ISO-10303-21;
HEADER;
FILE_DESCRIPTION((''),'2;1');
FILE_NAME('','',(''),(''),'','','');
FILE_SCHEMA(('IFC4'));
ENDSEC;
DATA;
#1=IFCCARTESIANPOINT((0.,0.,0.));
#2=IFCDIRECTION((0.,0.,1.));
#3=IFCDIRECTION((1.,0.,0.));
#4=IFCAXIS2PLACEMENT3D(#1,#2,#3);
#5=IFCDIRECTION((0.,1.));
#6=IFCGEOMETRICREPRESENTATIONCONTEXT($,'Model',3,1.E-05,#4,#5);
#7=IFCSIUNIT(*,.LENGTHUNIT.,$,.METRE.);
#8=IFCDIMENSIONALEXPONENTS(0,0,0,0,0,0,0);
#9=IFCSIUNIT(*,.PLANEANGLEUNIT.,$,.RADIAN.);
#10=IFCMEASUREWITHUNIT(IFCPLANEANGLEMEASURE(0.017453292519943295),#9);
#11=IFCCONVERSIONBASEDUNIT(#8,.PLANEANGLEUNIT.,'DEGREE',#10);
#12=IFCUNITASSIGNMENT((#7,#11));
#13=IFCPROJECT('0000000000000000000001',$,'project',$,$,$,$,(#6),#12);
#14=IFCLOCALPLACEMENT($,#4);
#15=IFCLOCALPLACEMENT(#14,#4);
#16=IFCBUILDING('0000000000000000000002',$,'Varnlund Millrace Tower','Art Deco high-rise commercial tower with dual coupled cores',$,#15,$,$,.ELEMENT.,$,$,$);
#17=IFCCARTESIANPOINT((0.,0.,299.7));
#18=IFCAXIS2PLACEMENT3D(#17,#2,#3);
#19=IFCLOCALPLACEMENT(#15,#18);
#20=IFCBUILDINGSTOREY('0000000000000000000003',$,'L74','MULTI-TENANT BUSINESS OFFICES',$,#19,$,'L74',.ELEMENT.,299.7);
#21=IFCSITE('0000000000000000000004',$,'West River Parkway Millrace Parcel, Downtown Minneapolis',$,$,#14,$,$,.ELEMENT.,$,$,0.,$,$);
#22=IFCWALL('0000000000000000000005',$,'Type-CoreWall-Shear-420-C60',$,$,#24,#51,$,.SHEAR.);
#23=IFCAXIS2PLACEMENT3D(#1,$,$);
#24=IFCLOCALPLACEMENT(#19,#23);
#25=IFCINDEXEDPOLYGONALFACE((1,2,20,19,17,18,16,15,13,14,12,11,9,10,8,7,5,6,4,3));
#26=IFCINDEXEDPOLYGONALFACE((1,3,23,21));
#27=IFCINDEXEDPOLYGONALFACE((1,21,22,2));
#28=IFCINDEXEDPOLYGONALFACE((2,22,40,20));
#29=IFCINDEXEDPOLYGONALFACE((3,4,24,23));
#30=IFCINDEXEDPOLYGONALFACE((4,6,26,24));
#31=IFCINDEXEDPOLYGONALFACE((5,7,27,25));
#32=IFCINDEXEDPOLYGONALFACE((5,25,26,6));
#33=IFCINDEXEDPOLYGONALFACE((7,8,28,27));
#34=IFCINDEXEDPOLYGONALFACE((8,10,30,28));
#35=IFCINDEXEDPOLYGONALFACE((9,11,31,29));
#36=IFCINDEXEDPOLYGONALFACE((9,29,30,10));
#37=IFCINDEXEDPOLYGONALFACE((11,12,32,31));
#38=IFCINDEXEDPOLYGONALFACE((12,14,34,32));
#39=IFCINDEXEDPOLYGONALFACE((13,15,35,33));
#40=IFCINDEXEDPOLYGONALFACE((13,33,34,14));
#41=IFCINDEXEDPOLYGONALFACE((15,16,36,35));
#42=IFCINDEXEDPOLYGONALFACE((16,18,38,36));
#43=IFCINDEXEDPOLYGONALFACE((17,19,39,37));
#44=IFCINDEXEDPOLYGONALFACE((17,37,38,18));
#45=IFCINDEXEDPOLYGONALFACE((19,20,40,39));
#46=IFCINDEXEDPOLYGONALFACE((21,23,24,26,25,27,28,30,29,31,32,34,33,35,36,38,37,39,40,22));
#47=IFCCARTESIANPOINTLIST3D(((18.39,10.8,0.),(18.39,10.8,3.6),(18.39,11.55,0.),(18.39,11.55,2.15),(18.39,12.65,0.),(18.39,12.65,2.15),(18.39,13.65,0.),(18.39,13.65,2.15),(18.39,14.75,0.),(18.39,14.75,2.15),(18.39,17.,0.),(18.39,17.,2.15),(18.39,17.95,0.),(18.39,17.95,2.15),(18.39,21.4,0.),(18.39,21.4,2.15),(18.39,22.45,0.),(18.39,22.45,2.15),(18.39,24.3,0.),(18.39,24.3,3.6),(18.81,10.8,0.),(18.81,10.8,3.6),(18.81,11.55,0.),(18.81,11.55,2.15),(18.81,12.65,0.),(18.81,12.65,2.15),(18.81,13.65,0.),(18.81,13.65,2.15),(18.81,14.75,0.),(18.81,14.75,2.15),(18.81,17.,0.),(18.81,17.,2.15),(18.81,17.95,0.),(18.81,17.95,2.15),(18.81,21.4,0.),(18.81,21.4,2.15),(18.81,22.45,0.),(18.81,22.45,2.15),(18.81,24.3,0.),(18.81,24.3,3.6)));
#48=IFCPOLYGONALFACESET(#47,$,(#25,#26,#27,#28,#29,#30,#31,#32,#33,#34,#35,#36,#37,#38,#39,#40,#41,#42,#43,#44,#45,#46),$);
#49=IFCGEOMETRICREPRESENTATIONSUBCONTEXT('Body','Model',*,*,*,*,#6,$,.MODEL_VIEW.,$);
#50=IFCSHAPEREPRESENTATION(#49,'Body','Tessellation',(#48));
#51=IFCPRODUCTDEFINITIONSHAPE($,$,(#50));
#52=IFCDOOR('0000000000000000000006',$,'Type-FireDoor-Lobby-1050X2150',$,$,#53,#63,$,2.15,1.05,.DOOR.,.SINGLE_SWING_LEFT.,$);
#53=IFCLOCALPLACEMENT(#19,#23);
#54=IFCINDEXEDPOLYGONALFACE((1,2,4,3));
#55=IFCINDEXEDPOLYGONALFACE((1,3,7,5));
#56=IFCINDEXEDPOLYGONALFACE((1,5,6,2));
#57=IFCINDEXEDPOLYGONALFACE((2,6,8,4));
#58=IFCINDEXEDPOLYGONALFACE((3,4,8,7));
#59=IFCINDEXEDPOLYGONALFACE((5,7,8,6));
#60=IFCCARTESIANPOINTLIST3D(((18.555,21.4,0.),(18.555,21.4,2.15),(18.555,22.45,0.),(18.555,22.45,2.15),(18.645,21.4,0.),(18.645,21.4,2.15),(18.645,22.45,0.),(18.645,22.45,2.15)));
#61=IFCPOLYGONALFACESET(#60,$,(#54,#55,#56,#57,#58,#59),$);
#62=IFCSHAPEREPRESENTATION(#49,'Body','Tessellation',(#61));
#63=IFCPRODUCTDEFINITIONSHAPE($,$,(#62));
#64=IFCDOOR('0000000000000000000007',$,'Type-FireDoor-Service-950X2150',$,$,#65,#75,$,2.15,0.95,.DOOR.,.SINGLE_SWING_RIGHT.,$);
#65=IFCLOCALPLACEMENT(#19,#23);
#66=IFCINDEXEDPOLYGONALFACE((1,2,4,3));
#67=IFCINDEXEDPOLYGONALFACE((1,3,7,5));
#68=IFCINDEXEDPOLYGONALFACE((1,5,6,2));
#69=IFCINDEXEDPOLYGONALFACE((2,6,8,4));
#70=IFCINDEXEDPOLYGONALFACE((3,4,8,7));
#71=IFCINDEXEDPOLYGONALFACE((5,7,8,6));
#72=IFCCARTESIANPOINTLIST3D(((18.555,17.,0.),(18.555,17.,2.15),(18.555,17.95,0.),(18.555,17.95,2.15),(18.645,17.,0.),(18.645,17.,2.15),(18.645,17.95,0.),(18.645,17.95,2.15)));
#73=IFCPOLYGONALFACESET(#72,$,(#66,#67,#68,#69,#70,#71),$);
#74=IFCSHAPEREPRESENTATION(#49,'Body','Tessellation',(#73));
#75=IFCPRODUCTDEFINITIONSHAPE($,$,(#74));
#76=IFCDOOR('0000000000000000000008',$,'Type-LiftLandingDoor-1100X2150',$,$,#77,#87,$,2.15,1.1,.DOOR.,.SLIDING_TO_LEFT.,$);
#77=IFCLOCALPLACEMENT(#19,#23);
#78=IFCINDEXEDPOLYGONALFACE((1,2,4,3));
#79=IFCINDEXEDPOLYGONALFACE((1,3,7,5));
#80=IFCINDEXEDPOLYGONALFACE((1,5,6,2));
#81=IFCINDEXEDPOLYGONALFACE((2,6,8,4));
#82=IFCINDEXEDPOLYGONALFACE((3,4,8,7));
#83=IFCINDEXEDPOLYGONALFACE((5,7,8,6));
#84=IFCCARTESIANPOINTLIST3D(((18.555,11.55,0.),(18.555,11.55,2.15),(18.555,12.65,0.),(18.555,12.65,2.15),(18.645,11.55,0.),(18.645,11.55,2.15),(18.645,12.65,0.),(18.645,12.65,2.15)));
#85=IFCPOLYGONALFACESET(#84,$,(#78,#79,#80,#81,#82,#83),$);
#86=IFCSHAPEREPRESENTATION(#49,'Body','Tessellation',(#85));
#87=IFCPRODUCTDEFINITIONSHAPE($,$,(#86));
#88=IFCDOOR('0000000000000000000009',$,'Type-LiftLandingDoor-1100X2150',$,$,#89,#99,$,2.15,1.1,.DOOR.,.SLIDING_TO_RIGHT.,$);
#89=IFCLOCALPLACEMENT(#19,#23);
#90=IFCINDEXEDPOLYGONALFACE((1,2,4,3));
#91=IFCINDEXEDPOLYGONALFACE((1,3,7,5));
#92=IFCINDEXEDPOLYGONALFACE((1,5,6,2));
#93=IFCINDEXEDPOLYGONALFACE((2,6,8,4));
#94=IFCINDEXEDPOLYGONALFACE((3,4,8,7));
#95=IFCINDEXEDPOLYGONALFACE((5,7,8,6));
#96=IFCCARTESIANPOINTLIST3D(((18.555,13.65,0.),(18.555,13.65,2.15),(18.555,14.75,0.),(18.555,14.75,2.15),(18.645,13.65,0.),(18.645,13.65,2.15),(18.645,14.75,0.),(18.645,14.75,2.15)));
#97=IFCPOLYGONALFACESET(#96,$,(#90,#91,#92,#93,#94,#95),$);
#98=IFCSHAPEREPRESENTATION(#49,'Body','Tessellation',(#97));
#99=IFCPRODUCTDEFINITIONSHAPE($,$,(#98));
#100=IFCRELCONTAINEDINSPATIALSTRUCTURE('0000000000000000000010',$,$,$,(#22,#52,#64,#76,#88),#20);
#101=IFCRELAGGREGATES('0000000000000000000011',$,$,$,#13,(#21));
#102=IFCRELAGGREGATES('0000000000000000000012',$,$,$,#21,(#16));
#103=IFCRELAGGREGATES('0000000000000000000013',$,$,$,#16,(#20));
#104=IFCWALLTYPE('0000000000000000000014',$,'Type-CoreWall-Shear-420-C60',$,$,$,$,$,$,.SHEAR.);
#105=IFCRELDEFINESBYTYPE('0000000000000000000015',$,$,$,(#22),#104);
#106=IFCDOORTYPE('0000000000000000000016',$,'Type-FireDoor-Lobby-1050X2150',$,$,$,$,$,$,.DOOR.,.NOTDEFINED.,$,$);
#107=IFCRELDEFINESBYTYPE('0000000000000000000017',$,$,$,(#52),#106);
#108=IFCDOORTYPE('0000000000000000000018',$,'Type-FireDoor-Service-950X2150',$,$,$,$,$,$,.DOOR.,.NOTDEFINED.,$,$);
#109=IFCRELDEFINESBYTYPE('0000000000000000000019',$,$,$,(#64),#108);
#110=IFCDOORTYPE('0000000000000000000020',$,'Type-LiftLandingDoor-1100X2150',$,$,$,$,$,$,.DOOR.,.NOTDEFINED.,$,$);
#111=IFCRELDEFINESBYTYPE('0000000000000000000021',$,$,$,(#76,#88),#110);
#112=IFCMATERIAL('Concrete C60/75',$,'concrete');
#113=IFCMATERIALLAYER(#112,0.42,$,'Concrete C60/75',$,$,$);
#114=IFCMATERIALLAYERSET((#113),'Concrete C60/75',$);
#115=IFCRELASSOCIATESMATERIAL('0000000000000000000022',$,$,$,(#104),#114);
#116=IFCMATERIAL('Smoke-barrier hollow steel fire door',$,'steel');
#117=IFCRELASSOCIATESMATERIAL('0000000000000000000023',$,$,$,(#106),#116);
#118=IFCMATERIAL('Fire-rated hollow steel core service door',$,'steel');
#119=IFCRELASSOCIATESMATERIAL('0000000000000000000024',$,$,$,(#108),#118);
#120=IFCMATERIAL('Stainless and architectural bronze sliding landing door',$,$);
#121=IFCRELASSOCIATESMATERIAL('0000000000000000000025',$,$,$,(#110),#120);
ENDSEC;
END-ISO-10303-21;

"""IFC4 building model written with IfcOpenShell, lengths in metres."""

from ifc_helpers import new_model, entity, si_unit, converted_unit, direction, frame, origin_with_axes, origin_2d_with_axis, place, context, subcontext, project, spatial, polyline, rectangle, outline, extrude, material, layer, layer_set, type_object, element, fill, save


model = new_model("IFC4")

# Units and contexts
model_context = context("Model", 3, precision=1e-05, world=origin_with_axes(), true_north=direction((0.0, 1.0)))
body_context = subcontext(model_context, "Body", "Model", "MODEL_VIEW")
ifc_project = project(units=[si_unit("LENGTHUNIT", "METRE"), converted_unit("PLANEANGLEUNIT", "DEGREE", entity("IfcPlaneAngleMeasure", 0.017453292519943295), si_unit("PLANEANGLEUNIT", "RADIAN"), dimensions=[0, 0, 0, 0, 0, 0, 0])], contexts=[model_context])

# Site, building, storey
site_placement = place(None, origin_with_axes())
site = spatial("IfcSite", under=ifc_project, at=site_placement, Name="West River Parkway Millrace Parcel, Downtown Minneapolis", CompositionType="ELEMENT", RefElevation=0.0)
building_placement = place(site_placement, origin_with_axes())
building = spatial("IfcBuilding", under=site, at=building_placement, Name="Varnlund Millrace Tower", Description="Art Deco high-rise commercial tower with dual coupled cores", CompositionType="ELEMENT")
storey_placement = place(building_placement, frame((0.0, 0.0, 299.7), z_axis=(0.0, 0.0, 1.0), x_axis=(1.0, 0.0, 0.0)))
storey = spatial("IfcBuildingStorey", under=building, at=storey_placement, Name="L74", Description="MULTI-TENANT BUSINESS OFFICES", LongName="L74", CompositionType="ELEMENT", Elevation=299.7)

# Shared definitions
ifc_material_1 = material(Name="Concrete C60/75", Category="concrete")

# Shared definitions
ifc_layer_1 = layer(ifc_material_1, 0.42, Name="Concrete C60/75")
ifc_layer_set_1 = layer_set([ifc_layer_1], Name="Concrete C60/75")
wall_type = type_object("IfcWallType", Name="Type-CoreWall-Shear-420-C60", PredefinedType="SHEAR", material=ifc_layer_set_1)

# Wall, openings, doors
wall_1_placement = place(storey_placement, frame((18.6, 10.8, 0.0), z_axis=(0.0, 0.0, 1.0), x_axis=(0.0, 1.0, 0.0)))
wall_1 = element("IfcWall", 1, at=wall_1_placement, inside=storey, type_object=wall_type, Name="Type-CoreWall-Shear-420-C60", PredefinedType="SHEAR", context=body_context, shape_type="SweptSolid", body=[
    extrude(outline(polyline([(0.0, -0.21), (13.5, -0.21), (13.5, 0.21), (0.0, 0.21), (0.0, -0.21)])), origin_with_axes(), (0.0, 0.0, 1.0), 3.6),
])
opening_1_placement = place(wall_1_placement, frame((1.3, 0.0, 0.0), z_axis=(0.0, 0.0, 1.0), x_axis=(1.0, 0.0, 0.0)))
opening_1 = element("IfcOpeningElement", 2, at=opening_1_placement, cuts=wall_1, PredefinedType="OPENING", context=body_context, shape_type="SweptSolid", body=[
    extrude(rectangle(XDim=1.1, YDim=0.44, at=origin_2d_with_axis()), origin_with_axes(), (0.0, 0.0, 1.0), 2.15),
])
opening_2_placement = place(wall_1_placement, frame((3.4, 0.0, 0.0), z_axis=(0.0, 0.0, 1.0), x_axis=(1.0, 0.0, 0.0)))
opening_2 = element("IfcOpeningElement", 3, at=opening_2_placement, cuts=wall_1, PredefinedType="OPENING", context=body_context, shape_type="SweptSolid", body=[
    extrude(rectangle(XDim=1.1, YDim=0.44, at=origin_2d_with_axis()), origin_with_axes(), (0.0, 0.0, 1.0), 2.15),
])
opening_3_placement = place(wall_1_placement, frame((11.125, 0.0, 0.0), z_axis=(0.0, 0.0, 1.0), x_axis=(1.0, 0.0, 0.0)))
opening_3 = element("IfcOpeningElement", 4, at=opening_3_placement, cuts=wall_1, PredefinedType="OPENING", context=body_context, shape_type="SweptSolid", body=[
    extrude(rectangle(XDim=1.05, YDim=0.44, at=origin_2d_with_axis()), origin_with_axes(), (0.0, 0.0, 1.0), 2.15),
])
opening_4_placement = place(wall_1_placement, frame((6.675, 0.0, 0.0), z_axis=(0.0, 0.0, 1.0), x_axis=(1.0, 0.0, 0.0)))
opening_4 = element("IfcOpeningElement", 5, at=opening_4_placement, cuts=wall_1, PredefinedType="OPENING", context=body_context, shape_type="SweptSolid", body=[
    extrude(rectangle(XDim=0.95, YDim=0.44, at=origin_2d_with_axis()), origin_with_axes(), (0.0, 0.0, 1.0), 2.15),
])
ifc_material_2 = material(Name="Smoke-barrier hollow steel fire door", Category="steel")
door_type_1 = type_object("IfcDoorType", Name="Type-FireDoor-Lobby-1050X2150", OperationType="NOTDEFINED", PredefinedType="DOOR", material=ifc_material_2)
door_1_placement = place(wall_1_placement, frame((11.125, 0.0, 0.0), z_axis=(0.0, 0.0, 1.0), x_axis=(1.0, 0.0, 0.0)))
door_1 = element("IfcDoor", 6, at=door_1_placement, inside=storey, type_object=door_type_1, Name="Type-FireDoor-Lobby-1050X2150", OperationType="SINGLE_SWING_LEFT", OverallHeight=2.15, OverallWidth=1.05, PredefinedType="DOOR", context=body_context, shape_type="SweptSolid", body=[
    extrude(rectangle(XDim=1.05, YDim=0.09, at=origin_2d_with_axis()), origin_with_axes(), (0.0, 0.0, 1.0), 2.15),
])
fill(opening_3, door_1)
ifc_material_3 = material(Name="Fire-rated hollow steel core service door", Category="steel")
door_type_2 = type_object("IfcDoorType", Name="Type-FireDoor-Service-950X2150", OperationType="NOTDEFINED", PredefinedType="DOOR", material=ifc_material_3)
door_2_placement = place(wall_1_placement, frame((6.675, 0.0, 0.0), z_axis=(0.0, 0.0, 1.0), x_axis=(1.0, 0.0, 0.0)))
door_2 = element("IfcDoor", 7, at=door_2_placement, inside=storey, type_object=door_type_2, Name="Type-FireDoor-Service-950X2150", OperationType="SINGLE_SWING_RIGHT", OverallHeight=2.15, OverallWidth=0.95, PredefinedType="DOOR", context=body_context, shape_type="SweptSolid", body=[
    extrude(rectangle(XDim=0.95, YDim=0.09, at=origin_2d_with_axis()), origin_with_axes(), (0.0, 0.0, 1.0), 2.15),
])
fill(opening_4, door_2)
ifc_material_4 = material(Name="Stainless and architectural bronze sliding landing door")
door_type_3 = type_object("IfcDoorType", Name="Type-LiftLandingDoor-1100X2150", OperationType="NOTDEFINED", PredefinedType="DOOR", material=ifc_material_4)
door_3_placement = place(wall_1_placement, frame((1.3, 0.0, 0.0), z_axis=(0.0, 0.0, 1.0), x_axis=(1.0, 0.0, 0.0)))
door_3 = element("IfcDoor", 8, at=door_3_placement, inside=storey, type_object=door_type_3, Name="Type-LiftLandingDoor-1100X2150", OperationType="SLIDING_TO_LEFT", OverallHeight=2.15, OverallWidth=1.1, PredefinedType="DOOR", context=body_context, shape_type="SweptSolid", body=[
    extrude(rectangle(XDim=1.1, YDim=0.09, at=origin_2d_with_axis()), origin_with_axes(), (0.0, 0.0, 1.0), 2.15),
])
fill(opening_1, door_3)
door_4_placement = place(wall_1_placement, frame((3.4, 0.0, 0.0), z_axis=(0.0, 0.0, 1.0), x_axis=(1.0, 0.0, 0.0)))
door_4 = element("IfcDoor", 9, at=door_4_placement, inside=storey, type_object=door_type_3, Name="Type-LiftLandingDoor-1100X2150", OperationType="SLIDING_TO_RIGHT", OverallHeight=2.15, OverallWidth=1.1, PredefinedType="DOOR", context=body_context, shape_type="SweptSolid", body=[
    extrude(rectangle(XDim=1.1, YDim=0.09, at=origin_2d_with_axis()), origin_with_axes(), (0.0, 0.0, 1.0), 2.15),
])
fill(opening_2, door_4)

save(model, "model.ifc")
